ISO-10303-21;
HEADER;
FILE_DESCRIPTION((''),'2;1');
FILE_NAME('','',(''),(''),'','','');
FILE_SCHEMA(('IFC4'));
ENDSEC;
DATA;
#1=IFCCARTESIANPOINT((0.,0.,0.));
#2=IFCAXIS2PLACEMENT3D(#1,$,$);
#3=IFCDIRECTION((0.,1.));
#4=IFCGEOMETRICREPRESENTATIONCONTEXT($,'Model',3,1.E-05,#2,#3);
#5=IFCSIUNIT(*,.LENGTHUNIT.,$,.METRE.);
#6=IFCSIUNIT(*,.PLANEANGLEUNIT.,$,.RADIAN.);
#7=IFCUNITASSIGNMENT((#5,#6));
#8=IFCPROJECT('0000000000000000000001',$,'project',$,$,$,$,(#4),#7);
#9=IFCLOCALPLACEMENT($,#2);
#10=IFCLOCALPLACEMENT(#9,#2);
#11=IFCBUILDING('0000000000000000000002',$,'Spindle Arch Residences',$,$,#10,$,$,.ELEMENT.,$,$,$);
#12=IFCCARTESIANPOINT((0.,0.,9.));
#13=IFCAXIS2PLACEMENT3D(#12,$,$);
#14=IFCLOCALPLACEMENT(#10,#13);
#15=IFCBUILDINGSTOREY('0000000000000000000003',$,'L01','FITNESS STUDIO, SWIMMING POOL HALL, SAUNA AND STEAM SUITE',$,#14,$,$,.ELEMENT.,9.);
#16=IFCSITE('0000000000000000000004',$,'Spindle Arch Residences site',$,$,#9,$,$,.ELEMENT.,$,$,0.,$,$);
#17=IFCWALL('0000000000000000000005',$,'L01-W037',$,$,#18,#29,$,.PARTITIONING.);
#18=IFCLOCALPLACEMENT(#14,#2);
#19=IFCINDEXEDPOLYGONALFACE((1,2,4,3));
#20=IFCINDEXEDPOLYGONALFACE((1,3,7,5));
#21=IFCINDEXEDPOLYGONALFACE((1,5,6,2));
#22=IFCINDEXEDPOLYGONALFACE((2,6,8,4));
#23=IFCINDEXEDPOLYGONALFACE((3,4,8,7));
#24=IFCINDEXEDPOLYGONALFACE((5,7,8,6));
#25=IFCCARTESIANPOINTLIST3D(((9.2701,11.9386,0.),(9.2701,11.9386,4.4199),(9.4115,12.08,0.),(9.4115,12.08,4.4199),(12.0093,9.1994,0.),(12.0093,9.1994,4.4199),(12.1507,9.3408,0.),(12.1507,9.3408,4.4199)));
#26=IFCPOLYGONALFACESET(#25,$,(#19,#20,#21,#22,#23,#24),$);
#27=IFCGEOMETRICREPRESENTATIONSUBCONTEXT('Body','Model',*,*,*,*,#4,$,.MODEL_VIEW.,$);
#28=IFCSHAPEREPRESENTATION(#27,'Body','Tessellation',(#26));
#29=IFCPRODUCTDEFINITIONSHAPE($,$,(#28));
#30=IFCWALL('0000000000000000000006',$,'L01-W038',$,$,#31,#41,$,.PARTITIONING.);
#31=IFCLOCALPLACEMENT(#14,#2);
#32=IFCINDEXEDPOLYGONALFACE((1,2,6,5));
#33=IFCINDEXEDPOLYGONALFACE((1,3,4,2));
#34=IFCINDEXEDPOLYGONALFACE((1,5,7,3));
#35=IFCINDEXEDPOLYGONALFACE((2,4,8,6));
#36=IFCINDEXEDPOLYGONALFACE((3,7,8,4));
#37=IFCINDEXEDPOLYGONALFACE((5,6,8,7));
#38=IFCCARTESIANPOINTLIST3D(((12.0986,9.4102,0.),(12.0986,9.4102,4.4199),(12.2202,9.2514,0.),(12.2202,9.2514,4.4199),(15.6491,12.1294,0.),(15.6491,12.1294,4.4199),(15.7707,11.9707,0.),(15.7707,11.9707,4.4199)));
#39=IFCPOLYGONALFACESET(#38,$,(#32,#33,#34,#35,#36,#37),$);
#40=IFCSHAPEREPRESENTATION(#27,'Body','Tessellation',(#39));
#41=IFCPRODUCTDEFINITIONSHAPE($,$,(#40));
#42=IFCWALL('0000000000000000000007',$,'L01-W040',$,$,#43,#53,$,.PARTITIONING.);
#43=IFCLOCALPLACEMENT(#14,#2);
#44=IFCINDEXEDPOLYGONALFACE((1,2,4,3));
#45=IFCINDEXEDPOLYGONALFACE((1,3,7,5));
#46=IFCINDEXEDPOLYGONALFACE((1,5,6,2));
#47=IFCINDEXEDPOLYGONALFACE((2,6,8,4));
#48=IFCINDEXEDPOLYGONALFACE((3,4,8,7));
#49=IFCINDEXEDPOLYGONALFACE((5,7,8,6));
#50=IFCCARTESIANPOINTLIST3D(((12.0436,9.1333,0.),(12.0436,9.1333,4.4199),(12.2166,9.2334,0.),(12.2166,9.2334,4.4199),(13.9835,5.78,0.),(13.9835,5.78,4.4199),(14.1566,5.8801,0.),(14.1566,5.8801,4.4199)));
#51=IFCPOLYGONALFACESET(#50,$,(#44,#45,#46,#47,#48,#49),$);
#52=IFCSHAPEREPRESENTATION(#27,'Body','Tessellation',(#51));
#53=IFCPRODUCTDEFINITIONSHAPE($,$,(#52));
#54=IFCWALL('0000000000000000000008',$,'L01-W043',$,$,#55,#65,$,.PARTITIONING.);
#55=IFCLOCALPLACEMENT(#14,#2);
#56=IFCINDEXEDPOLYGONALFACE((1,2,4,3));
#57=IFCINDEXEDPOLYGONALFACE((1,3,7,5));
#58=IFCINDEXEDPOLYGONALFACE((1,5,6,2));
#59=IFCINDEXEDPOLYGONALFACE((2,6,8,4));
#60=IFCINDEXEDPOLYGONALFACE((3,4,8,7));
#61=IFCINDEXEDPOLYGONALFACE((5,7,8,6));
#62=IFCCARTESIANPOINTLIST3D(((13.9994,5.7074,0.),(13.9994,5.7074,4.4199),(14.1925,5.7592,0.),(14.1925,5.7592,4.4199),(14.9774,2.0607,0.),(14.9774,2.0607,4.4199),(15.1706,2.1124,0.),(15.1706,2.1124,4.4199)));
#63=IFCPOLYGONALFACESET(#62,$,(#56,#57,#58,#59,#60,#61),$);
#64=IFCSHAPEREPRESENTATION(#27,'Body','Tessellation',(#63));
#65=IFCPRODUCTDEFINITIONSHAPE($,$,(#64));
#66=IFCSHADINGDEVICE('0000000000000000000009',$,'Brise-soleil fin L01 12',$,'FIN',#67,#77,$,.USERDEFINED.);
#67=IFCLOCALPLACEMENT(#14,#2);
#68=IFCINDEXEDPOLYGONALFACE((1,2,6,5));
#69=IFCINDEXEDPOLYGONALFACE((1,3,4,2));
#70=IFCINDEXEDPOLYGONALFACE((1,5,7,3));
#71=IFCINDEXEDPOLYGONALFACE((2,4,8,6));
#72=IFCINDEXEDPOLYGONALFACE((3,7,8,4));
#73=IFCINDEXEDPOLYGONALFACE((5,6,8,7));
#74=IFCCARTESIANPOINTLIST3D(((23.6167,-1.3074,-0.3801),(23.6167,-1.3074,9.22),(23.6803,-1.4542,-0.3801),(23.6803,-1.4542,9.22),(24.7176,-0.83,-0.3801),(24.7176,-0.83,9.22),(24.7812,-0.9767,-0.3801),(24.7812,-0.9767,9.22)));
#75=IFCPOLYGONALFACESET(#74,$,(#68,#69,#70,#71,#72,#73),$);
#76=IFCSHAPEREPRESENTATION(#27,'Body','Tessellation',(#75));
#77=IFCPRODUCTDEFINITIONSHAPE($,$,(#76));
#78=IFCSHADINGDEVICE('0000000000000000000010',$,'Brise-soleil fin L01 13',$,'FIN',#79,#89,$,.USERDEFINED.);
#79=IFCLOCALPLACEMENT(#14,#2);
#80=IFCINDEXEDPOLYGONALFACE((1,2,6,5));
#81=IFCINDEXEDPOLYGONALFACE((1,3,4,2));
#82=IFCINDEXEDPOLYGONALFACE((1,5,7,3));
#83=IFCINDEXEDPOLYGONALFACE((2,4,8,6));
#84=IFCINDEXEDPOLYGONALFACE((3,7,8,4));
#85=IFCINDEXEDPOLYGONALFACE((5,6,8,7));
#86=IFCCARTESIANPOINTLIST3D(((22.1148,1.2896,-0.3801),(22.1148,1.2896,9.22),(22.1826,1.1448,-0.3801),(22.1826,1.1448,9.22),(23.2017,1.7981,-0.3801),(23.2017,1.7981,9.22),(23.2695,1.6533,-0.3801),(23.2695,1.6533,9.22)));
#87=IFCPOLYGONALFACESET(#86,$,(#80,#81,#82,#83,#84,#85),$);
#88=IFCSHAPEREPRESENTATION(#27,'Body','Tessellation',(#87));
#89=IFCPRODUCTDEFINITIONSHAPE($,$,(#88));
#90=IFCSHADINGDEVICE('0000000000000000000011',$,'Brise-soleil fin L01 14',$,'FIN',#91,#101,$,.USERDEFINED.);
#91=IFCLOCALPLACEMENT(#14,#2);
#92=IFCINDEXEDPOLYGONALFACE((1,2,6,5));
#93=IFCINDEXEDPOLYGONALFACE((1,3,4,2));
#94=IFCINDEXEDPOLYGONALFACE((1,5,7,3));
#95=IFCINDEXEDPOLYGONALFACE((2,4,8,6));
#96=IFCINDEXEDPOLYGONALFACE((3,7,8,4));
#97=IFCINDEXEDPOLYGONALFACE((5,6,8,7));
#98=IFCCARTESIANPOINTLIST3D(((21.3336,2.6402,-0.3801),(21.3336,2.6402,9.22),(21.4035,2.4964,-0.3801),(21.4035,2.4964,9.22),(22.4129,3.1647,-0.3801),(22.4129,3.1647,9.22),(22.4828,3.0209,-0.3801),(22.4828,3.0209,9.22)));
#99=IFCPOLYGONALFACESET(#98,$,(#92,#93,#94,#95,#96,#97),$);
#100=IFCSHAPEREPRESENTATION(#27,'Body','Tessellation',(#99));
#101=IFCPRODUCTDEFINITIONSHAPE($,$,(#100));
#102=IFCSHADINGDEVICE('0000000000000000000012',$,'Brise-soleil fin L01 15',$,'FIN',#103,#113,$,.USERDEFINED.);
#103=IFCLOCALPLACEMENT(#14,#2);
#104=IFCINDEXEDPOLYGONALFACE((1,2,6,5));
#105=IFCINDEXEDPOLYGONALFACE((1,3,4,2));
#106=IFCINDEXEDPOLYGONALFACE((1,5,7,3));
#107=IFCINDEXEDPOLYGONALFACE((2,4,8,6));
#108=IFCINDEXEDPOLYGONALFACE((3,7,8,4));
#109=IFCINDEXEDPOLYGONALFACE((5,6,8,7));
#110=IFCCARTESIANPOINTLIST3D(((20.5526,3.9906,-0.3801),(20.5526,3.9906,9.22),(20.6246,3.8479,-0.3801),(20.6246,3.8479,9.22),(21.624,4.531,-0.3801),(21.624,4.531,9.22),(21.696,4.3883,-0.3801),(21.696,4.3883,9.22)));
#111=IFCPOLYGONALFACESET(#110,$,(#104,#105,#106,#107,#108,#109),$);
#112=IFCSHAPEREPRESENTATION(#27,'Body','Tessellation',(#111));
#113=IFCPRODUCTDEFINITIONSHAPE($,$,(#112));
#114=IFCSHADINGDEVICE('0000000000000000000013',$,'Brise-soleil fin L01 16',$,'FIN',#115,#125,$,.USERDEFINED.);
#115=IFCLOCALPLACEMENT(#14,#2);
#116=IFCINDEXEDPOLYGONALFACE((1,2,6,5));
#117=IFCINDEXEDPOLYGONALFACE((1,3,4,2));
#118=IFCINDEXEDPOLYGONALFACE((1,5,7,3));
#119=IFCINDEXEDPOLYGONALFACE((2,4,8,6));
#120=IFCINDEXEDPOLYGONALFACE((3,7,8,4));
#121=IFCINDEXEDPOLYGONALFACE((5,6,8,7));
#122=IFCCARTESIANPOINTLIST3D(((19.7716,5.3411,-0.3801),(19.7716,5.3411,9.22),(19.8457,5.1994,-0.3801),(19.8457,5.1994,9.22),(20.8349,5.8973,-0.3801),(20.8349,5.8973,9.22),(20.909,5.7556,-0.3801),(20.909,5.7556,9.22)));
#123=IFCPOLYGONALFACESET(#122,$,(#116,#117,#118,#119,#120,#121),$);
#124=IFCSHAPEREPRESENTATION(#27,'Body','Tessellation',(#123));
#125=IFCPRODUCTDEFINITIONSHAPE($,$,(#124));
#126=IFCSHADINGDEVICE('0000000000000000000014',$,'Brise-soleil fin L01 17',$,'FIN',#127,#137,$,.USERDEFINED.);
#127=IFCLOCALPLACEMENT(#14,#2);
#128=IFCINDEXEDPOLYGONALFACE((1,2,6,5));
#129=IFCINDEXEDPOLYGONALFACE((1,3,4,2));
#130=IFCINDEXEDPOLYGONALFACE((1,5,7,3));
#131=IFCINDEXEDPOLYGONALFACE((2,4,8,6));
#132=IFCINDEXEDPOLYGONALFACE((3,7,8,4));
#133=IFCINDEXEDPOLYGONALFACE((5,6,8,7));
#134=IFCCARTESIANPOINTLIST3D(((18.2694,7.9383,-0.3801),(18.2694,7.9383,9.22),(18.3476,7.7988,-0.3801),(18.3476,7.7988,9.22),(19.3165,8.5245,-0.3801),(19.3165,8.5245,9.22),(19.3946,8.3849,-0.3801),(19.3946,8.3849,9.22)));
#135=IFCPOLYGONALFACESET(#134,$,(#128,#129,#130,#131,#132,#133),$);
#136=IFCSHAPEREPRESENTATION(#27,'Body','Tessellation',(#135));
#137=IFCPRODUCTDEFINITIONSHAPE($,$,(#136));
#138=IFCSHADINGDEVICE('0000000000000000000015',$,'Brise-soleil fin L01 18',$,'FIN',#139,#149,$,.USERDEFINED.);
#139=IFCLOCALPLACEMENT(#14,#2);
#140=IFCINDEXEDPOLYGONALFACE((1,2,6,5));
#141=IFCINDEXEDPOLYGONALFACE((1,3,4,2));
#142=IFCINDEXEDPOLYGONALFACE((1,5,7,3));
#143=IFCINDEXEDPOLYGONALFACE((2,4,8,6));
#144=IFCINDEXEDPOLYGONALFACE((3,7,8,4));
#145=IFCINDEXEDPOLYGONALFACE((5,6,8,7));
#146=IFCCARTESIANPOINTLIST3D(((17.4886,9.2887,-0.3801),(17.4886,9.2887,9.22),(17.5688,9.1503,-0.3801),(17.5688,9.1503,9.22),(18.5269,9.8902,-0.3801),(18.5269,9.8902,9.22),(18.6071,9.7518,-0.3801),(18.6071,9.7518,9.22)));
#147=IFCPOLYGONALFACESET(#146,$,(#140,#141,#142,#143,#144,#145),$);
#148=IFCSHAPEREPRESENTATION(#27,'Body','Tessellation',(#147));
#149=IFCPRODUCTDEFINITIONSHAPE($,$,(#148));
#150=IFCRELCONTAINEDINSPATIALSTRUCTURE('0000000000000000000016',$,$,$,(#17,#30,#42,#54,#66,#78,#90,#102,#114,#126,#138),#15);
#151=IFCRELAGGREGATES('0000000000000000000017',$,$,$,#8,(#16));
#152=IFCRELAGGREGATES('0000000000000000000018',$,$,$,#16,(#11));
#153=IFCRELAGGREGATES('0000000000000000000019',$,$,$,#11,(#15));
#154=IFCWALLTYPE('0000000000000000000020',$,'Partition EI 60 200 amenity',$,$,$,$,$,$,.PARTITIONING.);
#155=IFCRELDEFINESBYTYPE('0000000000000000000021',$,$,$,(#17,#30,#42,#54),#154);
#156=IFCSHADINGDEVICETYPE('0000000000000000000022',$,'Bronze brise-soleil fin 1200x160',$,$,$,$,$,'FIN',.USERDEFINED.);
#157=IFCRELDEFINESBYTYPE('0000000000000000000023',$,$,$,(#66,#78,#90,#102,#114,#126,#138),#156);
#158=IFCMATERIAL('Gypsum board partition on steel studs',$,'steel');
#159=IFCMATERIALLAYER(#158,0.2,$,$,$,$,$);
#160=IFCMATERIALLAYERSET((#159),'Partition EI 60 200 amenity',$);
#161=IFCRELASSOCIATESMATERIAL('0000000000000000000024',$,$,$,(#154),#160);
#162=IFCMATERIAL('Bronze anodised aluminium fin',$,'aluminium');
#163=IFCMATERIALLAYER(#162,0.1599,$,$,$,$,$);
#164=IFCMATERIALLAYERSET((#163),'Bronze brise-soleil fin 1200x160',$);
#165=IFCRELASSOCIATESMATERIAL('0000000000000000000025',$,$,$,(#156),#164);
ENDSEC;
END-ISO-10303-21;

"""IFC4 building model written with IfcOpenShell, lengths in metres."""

from ifc_helpers import new_model, si_unit, direction, frame, frame_2d, origin, origin_2d, place, context, subcontext, project, spatial, rectangle, extrude, material, layer, layer_set, type_object, element, save


model = new_model("IFC4")

# Units and contexts
model_context = context("Model", 3, precision=1e-05, world=origin(), true_north=direction((0.0, 1.0)))
body_context = subcontext(model_context, "Body", "Model", "MODEL_VIEW")
ifc_project = project(units=[si_unit("LENGTHUNIT", "METRE"), si_unit("PLANEANGLEUNIT", "RADIAN")], contexts=[model_context])

# Site, building, storey
site_placement = place(None, origin())
site = spatial("IfcSite", under=ifc_project, at=site_placement, Name="Spindle Arch Residences site", CompositionType="ELEMENT", RefElevation=0.0)
building_placement = place(site_placement, origin())
building = spatial("IfcBuilding", under=site, at=building_placement, Name="Spindle Arch Residences", CompositionType="ELEMENT")
storey_placement = place(building_placement, frame((0.0, 0.0, 9.0)))
storey = spatial("IfcBuildingStorey", under=building, at=storey_placement, Name="L01", Description="FITNESS STUDIO, SWIMMING POOL HALL, SAUNA AND STEAM SUITE", CompositionType="ELEMENT", Elevation=9.0)

# Walls
ifc_material_1 = material(Name="Gypsum board partition on steel studs", Category="steel")
ifc_layer_1 = layer(ifc_material_1, 0.2)
ifc_layer_set_1 = layer_set([ifc_layer_1], Name="Partition EI 60 200 amenity")
wall_type = type_object("IfcWallType", Name="Partition EI 60 200 amenity", PredefinedType="PARTITIONING", material=ifc_layer_set_1)
wall_1_placement = place(storey_placement, frame((12.0801, 9.27, 0.0), z_axis=(0.0, 0.0, 1.0), x_axis=(-0.707107, 0.707107, 0.0)))
element("IfcWall", 1, at=wall_1_placement, inside=storey, type_object=wall_type, Name="L01-W037", PredefinedType="PARTITIONING", context=body_context, shape_type="SweptSolid", body=[
    extrude(rectangle(XDim=3.8738, YDim=0.2, at=frame_2d((1.937, 0.0))), origin(), (0.0, 0.0, 1.0), 4.4199),
])
wall_2_placement = place(storey_placement, frame((12.1594, 9.3308, 0.0), z_axis=(0.0, 0.0, 1.0), x_axis=(0.793913, 0.608031, 0.0)))
element("IfcWall", 2, at=wall_2_placement, inside=storey, type_object=wall_type, Name="L01-W038", PredefinedType="PARTITIONING", context=body_context, shape_type="SweptSolid", body=[
    extrude(rectangle(XDim=4.4722, YDim=0.2, at=frame_2d((2.2361, 0.0))), origin(), (0.0, 0.0, 1.0), 4.4199),
])
wall_3_placement = place(storey_placement, frame((14.0701, 5.8301, 0.0), z_axis=(0.0, 0.0, 1.0), x_axis=(-0.50076, 0.865586, 0.0)))
element("IfcWall", 3, at=wall_3_placement, inside=storey, type_object=wall_type, Name="L01-W040", PredefinedType="PARTITIONING", context=body_context, shape_type="SweptSolid", body=[
    extrude(rectangle(XDim=3.874, YDim=0.2, at=frame_2d((1.937, 0.0))), origin(), (0.0, 0.0, 1.0), 4.4199),
])
wall_4_placement = place(storey_placement, frame((15.074, 2.0867, 0.0), z_axis=(0.0, 0.0, 1.0), x_axis=(-0.259039, 0.965867, 0.0)))
element("IfcWall", 4, at=wall_4_placement, inside=storey, type_object=wall_type, Name="L01-W043", PredefinedType="PARTITIONING", context=body_context, shape_type="SweptSolid", body=[
    extrude(rectangle(XDim=3.7756, YDim=0.2, at=frame_2d((1.8877, 0.0))), origin(), (0.0, 0.0, 1.0), 4.4199),
])

# Shading devices
ifc_material_2 = material(Name="Bronze anodised aluminium fin", Category="aluminium")
ifc_layer_2 = layer(ifc_material_2, 0.1599)
ifc_layer_set_2 = layer_set([ifc_layer_2], Name="Bronze brise-soleil fin 1200x160")
shading_device_type = type_object("IfcShadingDeviceType", Name="Bronze brise-soleil fin 1200x160", ElementType="FIN", PredefinedType="USERDEFINED", material=ifc_layer_set_2)
for number, where, z_axis, x_axis, name in (
    (5, (24.199, -1.1421, -0.3801), (0.0, 0.0, 1.0), (0.91744, 0.397874, 0.0), "Brise-soleil fin L01 12"),
    (6, (22.6921, 1.4714, -0.3801), (0.0, 0.0, 1.0), (0.905769, 0.423771, 0.0), "Brise-soleil fin L01 13"),
    (7, (21.9082, 2.8306, -0.3801), (0.0, 0.0, 1.0), (0.899411, 0.437104, 0.0), "Brise-soleil fin L01 14"),
    (8, (21.1243, 4.1895, -0.3801), (0.0, 0.0, 1.0), (0.892857, 0.450341, 0.0), "Brise-soleil fin L01 15"),
    (9, (20.3403, 5.5483, -0.3801), (0.0, 0.0, 1.0), (0.886108, 0.46348, 0.0), "Brise-soleil fin L01 16"),
    (10, (18.832, 8.1616, -0.3801), (0.0, 0.0, 1.0), (0.872586, 0.48846, 0.0), "Brise-soleil fin L01 17"),
    (11, (18.0479, 9.5203, -0.3801), (0.0, 0.0, 1.0), (0.865276, 0.501295, 0.0), "Brise-soleil fin L01 18"),
):
    element("IfcShadingDevice", number, at=place(storey_placement, frame(where, z_axis=z_axis, x_axis=x_axis)), inside=storey, type_object=shading_device_type, Name=name, ObjectType="FIN", PredefinedType="USERDEFINED", context=body_context, shape_type="SweptSolid", body=[
        extrude(rectangle(XDim=1.2, YDim=0.1599, at=origin_2d()), origin(), (0.0, 0.0, 1.0), 9.6001),
    ])

save(model, "model.ifc")
